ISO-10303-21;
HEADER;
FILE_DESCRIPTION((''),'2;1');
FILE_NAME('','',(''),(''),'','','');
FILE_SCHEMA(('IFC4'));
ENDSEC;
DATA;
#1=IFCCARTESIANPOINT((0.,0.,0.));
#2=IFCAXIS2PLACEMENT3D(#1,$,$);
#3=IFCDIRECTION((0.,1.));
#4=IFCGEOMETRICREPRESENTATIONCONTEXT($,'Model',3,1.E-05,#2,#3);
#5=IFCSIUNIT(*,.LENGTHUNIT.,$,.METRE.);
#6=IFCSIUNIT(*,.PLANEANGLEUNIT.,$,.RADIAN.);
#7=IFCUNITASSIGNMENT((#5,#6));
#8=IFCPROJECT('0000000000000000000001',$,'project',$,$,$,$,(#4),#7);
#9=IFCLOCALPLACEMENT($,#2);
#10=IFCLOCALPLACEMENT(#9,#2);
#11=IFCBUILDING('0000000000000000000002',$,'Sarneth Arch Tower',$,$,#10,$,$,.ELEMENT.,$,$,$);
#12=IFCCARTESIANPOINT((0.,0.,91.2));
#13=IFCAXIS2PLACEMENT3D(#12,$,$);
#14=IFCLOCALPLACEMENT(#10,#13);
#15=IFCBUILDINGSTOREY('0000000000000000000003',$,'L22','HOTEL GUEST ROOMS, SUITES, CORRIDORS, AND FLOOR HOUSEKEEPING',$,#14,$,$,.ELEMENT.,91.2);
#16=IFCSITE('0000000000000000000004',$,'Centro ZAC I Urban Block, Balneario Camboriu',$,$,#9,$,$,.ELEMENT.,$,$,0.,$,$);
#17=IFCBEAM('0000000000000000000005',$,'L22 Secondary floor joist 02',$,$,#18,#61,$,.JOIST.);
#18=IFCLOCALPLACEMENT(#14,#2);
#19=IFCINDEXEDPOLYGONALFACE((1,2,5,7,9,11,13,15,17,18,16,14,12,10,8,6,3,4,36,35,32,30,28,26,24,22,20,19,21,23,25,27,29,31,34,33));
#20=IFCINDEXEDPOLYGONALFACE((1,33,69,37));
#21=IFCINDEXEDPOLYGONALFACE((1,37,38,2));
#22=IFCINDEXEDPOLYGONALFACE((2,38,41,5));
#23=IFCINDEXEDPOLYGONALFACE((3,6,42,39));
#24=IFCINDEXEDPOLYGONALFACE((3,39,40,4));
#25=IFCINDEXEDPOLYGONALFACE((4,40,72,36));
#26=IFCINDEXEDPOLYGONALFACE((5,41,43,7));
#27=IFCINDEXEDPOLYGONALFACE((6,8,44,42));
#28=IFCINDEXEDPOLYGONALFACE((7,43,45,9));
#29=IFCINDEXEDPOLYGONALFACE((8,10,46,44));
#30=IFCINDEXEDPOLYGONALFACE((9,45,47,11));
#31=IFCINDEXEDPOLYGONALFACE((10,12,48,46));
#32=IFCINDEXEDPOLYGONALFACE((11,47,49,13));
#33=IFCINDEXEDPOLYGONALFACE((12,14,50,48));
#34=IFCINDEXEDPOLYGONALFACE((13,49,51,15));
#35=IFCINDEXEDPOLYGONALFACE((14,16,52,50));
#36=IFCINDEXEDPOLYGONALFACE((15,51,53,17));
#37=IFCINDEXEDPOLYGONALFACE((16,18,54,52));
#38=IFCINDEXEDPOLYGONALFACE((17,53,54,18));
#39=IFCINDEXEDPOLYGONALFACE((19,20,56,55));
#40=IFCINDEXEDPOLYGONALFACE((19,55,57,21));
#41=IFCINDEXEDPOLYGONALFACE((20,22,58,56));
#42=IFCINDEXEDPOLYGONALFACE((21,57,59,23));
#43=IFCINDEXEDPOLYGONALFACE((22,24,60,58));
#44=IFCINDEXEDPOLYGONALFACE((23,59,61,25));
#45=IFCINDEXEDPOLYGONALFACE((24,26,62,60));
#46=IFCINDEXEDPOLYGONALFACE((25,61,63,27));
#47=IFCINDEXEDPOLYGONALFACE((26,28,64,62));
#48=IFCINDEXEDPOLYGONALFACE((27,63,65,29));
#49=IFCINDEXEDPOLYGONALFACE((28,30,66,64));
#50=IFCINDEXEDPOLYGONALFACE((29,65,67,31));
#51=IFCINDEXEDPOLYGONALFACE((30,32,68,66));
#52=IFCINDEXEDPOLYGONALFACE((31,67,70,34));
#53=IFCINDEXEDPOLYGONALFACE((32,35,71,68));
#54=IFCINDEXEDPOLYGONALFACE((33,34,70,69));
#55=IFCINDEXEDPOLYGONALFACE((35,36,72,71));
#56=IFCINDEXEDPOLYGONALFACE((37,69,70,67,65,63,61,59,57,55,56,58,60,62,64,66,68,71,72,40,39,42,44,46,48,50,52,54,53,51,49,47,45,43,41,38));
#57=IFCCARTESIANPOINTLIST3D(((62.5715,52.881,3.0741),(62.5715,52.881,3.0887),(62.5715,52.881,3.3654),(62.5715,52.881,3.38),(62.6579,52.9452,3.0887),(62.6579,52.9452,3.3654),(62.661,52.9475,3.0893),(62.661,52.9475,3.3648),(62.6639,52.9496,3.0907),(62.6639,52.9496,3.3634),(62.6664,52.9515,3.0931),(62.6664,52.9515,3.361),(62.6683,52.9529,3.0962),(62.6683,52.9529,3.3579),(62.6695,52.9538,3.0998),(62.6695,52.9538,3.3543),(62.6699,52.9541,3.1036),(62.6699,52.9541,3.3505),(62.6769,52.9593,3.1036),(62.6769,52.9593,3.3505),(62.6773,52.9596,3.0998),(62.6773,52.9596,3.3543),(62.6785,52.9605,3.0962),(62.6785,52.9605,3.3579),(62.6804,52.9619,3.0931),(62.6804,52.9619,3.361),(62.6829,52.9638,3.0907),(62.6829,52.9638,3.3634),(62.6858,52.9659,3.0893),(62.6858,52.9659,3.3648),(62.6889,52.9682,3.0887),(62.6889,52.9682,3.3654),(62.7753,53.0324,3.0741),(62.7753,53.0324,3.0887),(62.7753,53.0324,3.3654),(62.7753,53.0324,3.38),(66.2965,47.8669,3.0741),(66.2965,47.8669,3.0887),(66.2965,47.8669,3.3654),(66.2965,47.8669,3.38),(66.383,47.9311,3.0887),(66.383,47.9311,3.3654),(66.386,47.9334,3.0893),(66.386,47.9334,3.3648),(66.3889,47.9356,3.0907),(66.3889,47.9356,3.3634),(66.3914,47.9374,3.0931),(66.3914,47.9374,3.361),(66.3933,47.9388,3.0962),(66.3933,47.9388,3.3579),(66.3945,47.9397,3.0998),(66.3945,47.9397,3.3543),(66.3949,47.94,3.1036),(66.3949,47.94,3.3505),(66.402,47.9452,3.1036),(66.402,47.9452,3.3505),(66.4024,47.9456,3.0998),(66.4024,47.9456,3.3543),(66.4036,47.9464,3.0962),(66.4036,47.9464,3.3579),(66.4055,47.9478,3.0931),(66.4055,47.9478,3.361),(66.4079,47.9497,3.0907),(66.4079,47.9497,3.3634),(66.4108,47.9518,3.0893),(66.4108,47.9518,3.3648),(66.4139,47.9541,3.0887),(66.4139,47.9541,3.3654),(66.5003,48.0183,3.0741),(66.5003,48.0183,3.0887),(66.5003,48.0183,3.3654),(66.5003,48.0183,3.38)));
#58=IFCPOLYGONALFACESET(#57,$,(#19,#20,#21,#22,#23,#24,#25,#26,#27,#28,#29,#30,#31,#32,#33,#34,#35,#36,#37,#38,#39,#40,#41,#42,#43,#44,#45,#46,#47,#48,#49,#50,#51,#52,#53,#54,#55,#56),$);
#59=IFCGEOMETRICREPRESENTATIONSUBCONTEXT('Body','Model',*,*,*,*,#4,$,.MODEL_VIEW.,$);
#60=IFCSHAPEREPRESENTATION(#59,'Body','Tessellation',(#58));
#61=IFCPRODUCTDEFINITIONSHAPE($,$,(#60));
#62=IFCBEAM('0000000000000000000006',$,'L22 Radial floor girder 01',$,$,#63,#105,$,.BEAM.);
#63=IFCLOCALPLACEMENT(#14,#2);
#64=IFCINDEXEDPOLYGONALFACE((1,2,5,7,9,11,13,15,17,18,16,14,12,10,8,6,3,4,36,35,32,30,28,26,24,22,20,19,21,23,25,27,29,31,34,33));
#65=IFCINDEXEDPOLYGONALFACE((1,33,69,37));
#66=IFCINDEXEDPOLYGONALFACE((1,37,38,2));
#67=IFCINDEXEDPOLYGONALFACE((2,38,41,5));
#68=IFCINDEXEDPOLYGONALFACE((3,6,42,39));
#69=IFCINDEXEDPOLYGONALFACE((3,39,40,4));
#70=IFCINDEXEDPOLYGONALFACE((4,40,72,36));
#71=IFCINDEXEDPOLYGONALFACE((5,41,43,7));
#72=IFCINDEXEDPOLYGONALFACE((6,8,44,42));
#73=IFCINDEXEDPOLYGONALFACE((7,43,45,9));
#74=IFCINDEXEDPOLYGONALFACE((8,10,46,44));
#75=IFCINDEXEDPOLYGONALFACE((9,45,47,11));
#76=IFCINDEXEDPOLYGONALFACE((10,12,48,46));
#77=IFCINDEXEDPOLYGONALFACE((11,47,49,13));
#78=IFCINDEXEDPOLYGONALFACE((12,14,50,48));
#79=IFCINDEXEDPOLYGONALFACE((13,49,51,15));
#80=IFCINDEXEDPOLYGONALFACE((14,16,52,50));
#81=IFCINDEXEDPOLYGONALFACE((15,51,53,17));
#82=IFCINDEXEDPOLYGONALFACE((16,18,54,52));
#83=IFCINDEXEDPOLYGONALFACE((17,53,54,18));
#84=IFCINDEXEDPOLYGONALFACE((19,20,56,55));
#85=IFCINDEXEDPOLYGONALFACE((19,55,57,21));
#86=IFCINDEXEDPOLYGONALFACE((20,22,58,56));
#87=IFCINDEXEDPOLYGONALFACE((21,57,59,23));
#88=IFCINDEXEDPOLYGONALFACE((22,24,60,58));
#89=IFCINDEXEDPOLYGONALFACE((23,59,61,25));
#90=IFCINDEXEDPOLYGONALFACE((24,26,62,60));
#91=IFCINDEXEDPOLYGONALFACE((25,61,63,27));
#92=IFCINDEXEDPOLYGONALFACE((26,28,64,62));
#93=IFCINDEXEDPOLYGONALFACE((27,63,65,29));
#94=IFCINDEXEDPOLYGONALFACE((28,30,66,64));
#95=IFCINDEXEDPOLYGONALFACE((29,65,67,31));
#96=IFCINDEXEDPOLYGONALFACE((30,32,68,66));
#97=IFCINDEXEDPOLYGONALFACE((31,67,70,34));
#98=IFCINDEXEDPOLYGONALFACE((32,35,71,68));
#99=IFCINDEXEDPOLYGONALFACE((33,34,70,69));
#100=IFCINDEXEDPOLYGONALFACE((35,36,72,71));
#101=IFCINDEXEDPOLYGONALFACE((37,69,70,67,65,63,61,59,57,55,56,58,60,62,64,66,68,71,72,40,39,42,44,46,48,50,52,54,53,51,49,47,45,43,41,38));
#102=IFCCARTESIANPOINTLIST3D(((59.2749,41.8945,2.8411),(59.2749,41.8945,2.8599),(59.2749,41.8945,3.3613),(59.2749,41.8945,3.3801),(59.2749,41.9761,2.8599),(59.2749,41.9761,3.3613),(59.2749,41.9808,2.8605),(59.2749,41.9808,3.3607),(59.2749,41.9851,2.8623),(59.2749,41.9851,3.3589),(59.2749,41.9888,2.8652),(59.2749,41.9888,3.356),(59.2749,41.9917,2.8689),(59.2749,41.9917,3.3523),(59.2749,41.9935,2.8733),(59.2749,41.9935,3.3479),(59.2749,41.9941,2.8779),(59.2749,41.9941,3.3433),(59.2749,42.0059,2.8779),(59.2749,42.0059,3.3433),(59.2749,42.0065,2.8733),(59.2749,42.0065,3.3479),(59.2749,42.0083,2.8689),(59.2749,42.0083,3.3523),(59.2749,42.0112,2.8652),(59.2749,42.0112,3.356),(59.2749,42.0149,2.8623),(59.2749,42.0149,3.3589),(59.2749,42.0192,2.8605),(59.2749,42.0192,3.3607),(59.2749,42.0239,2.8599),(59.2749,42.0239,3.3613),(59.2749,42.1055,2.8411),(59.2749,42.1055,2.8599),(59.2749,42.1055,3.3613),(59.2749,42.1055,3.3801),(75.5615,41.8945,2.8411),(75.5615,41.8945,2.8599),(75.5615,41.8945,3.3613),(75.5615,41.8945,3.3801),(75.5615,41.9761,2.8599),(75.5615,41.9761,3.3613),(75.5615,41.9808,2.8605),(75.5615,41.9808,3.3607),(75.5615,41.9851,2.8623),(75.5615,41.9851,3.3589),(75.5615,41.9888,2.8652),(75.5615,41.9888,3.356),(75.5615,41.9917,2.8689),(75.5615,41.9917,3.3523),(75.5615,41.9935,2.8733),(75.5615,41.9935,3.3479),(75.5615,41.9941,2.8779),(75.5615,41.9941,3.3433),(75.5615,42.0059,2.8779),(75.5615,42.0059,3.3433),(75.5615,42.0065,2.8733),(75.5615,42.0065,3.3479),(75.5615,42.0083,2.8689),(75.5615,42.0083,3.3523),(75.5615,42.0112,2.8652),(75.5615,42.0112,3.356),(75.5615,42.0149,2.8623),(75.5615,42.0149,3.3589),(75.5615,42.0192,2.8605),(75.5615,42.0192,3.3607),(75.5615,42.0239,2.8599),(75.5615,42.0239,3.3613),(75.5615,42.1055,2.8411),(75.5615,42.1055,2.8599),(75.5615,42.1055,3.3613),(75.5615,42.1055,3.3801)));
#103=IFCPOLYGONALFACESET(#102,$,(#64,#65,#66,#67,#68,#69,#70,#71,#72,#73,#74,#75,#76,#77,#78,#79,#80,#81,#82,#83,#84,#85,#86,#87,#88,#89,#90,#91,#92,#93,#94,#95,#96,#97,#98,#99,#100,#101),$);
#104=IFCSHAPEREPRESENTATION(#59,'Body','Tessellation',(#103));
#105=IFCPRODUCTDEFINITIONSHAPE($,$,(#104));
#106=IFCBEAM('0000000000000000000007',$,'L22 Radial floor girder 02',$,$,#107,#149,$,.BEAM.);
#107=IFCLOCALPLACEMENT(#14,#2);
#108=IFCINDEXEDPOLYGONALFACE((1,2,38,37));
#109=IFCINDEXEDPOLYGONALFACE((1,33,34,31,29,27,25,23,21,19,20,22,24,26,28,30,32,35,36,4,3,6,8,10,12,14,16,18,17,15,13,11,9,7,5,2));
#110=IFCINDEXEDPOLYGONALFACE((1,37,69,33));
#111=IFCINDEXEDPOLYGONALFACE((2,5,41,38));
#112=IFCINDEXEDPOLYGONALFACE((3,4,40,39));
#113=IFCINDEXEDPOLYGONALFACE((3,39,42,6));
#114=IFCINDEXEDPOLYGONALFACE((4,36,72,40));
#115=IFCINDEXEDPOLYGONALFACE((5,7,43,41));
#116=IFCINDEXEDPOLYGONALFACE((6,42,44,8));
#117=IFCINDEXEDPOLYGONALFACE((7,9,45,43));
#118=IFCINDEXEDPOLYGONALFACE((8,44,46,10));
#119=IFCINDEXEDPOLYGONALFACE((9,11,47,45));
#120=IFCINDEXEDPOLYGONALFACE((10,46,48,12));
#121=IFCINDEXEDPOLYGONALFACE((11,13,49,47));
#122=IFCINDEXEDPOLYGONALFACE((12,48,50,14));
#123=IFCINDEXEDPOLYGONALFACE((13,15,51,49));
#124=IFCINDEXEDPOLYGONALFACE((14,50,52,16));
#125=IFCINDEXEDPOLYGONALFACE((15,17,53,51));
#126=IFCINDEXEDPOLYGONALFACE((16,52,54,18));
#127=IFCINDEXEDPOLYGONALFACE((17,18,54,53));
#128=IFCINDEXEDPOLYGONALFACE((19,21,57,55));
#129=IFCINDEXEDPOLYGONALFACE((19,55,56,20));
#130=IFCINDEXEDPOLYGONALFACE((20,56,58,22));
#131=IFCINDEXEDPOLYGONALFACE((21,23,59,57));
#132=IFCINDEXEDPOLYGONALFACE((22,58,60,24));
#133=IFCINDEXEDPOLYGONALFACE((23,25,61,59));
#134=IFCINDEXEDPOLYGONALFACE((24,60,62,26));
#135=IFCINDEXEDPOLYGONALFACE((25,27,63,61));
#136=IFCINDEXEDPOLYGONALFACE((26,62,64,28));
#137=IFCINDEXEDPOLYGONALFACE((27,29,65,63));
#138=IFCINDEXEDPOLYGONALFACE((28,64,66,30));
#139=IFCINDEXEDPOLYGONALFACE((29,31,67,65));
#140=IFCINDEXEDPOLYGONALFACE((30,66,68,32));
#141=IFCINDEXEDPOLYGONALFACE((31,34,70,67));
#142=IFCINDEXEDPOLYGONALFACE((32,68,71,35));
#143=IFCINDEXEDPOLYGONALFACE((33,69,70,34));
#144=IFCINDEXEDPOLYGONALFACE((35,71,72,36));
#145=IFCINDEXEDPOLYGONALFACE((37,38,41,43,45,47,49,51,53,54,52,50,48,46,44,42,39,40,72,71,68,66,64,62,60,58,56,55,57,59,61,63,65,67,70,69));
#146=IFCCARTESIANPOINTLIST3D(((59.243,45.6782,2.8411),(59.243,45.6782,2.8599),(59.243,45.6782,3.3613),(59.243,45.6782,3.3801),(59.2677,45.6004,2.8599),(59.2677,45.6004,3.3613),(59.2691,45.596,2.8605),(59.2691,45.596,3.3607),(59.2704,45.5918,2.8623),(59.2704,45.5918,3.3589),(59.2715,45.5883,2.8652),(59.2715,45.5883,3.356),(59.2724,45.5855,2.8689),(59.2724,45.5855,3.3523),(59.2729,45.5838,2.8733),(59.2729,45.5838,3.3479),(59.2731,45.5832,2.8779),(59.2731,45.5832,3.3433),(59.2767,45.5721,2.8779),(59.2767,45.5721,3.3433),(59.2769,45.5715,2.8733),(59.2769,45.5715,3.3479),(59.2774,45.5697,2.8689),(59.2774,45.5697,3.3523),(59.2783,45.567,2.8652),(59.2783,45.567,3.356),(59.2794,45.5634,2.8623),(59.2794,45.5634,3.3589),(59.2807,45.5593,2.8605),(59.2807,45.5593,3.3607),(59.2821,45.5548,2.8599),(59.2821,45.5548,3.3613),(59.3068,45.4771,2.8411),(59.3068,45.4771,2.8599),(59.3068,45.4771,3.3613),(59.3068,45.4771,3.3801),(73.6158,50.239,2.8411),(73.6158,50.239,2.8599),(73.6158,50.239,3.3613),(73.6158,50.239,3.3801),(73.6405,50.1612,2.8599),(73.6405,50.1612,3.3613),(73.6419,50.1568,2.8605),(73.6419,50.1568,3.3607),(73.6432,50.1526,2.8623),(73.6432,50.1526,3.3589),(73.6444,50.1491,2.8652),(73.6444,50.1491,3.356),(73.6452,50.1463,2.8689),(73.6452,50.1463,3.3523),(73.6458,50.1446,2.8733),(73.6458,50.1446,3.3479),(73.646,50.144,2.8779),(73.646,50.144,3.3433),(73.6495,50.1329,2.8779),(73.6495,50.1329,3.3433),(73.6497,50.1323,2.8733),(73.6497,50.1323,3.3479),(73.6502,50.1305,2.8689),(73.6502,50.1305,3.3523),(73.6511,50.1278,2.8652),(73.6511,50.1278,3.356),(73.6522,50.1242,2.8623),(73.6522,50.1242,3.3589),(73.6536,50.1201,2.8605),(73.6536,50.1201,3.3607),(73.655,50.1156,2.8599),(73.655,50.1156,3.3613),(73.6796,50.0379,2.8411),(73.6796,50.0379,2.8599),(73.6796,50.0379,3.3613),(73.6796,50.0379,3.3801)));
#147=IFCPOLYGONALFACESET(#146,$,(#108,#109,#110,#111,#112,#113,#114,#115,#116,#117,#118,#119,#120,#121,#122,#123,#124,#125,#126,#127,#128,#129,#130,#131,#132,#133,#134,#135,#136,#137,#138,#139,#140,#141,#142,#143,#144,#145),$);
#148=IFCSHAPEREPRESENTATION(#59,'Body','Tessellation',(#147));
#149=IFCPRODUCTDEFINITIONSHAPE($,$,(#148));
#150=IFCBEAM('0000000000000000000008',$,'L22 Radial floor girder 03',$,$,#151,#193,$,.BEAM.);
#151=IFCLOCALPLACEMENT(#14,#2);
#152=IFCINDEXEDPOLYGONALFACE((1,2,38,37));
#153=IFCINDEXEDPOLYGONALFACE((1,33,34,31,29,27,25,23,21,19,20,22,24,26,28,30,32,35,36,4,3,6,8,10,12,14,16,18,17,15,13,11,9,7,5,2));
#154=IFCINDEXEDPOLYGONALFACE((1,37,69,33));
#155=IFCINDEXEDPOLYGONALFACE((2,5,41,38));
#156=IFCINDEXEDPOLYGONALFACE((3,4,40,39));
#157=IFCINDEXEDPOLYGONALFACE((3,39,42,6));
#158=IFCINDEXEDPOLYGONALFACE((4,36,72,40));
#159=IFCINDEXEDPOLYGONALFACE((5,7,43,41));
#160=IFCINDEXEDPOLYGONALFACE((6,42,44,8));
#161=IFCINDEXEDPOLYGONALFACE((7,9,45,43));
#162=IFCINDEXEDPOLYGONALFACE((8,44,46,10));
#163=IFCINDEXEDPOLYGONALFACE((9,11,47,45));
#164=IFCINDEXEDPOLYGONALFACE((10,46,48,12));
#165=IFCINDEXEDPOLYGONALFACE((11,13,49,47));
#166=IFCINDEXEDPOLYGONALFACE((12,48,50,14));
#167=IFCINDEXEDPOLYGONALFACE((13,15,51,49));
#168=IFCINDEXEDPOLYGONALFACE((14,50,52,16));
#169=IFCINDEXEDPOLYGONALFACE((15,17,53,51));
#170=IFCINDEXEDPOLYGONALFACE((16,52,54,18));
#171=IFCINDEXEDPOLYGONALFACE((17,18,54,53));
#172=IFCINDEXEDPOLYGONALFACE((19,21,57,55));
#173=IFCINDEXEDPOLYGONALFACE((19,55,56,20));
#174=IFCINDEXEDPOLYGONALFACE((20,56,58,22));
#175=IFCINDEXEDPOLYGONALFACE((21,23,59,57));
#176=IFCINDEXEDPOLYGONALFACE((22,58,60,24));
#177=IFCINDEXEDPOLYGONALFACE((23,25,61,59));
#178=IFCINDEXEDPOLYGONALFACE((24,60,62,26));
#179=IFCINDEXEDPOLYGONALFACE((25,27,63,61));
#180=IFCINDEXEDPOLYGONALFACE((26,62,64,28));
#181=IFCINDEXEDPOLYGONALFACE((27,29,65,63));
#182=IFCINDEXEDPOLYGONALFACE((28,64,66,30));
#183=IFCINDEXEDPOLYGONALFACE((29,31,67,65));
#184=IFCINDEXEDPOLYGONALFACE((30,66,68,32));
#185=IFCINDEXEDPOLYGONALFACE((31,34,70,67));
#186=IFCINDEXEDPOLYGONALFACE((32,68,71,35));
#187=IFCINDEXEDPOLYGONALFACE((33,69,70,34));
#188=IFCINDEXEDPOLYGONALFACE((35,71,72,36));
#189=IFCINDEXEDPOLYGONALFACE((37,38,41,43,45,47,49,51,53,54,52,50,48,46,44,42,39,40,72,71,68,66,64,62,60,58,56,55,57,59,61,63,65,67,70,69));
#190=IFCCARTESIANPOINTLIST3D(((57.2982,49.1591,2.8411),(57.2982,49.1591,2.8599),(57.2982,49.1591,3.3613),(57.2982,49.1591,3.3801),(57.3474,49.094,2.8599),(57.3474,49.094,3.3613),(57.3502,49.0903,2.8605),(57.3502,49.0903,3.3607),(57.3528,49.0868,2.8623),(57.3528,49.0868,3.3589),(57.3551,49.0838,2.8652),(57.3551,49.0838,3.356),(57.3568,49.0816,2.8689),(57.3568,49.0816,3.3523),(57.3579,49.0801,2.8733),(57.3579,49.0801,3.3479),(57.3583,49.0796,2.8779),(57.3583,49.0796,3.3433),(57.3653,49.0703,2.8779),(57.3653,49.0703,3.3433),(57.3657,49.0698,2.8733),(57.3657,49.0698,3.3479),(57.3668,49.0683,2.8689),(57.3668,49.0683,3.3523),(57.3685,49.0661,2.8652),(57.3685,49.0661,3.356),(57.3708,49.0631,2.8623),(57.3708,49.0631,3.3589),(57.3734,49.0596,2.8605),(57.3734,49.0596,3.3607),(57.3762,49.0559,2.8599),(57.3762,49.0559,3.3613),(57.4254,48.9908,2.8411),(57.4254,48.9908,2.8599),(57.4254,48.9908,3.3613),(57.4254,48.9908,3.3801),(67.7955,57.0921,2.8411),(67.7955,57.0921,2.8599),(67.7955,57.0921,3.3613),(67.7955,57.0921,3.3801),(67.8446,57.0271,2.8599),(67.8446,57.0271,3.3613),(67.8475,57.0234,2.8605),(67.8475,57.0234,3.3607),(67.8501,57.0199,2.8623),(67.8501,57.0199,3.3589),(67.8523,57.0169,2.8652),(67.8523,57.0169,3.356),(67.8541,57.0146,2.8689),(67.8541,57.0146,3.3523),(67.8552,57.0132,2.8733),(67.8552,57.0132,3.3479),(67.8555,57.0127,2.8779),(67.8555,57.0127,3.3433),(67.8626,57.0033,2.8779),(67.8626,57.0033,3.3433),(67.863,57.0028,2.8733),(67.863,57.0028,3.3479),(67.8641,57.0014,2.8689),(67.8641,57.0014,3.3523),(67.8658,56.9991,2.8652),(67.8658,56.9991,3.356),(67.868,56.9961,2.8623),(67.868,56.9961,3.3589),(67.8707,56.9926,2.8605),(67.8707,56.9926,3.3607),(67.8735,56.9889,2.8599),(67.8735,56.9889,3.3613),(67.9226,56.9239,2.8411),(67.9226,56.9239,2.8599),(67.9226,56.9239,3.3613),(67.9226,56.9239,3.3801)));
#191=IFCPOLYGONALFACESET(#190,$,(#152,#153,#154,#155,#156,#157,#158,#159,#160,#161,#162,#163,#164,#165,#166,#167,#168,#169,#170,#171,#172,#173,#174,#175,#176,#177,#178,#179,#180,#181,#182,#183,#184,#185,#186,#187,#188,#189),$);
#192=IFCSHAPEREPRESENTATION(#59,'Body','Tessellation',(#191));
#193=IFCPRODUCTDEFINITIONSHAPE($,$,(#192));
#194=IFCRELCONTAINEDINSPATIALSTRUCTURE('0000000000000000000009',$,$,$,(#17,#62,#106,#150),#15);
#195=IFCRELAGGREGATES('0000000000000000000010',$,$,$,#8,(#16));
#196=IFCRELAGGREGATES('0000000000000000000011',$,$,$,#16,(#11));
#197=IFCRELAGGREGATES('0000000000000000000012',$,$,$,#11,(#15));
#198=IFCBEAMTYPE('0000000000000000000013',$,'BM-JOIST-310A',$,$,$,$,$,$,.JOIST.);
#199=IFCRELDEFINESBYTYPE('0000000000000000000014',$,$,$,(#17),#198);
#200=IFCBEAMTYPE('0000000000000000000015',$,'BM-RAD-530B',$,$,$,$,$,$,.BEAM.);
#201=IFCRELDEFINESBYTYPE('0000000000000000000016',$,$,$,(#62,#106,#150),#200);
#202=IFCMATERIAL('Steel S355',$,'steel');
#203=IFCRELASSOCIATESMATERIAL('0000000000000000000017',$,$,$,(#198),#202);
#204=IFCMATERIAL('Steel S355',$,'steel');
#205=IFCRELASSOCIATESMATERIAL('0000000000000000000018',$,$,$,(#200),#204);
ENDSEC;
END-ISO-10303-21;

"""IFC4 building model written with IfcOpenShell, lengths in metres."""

from ifc_helpers import new_model, si_unit, direction, frame, origin, origin_2d, place, context, subcontext, project, spatial, i_section, extrude, material, material_profile, profile_set, type_object, element, save


model = new_model("IFC4")

# Units and contexts
model_context = context("Model", 3, precision=1e-05, world=origin(), true_north=direction((0.0, 1.0)))
body_context = subcontext(model_context, "Body", "Model", "MODEL_VIEW")
ifc_project = project(units=[si_unit("LENGTHUNIT", "METRE"), si_unit("PLANEANGLEUNIT", "RADIAN")], contexts=[model_context])

# Site, building, storey
site_placement = place(None, origin())
site = spatial("IfcSite", under=ifc_project, at=site_placement, Name="Centro ZAC I Urban Block, Balneario Camboriu", CompositionType="ELEMENT", RefElevation=0.0)
building_placement = place(site_placement, origin())
building = spatial("IfcBuilding", under=site, at=building_placement, Name="Sarneth Arch Tower", CompositionType="ELEMENT")
storey_placement = place(building_placement, frame((0.0, 0.0, 91.2)))
storey = spatial("IfcBuildingStorey", under=building, at=storey_placement, Name="L22", Description="HOTEL GUEST ROOMS, SUITES, CORRIDORS, AND FLOOR HOUSEKEEPING", CompositionType="ELEMENT", Elevation=91.2)

# Beams
ifc_material_1 = material(Name="Steel S355", Category="steel")
ifc_material_profile_1 = material_profile(ifc_material_1, i_section(OverallWidth=0.2539, OverallDepth=0.3059, WebThickness=0.0088, FlangeThickness=0.0146, FilletRadius=0.0149, at=origin_2d()), Name="W310x79")
ifc_profile_set_1 = profile_set([ifc_material_profile_1], Name="Steel S355")
beam_type_1 = type_object("IfcBeamType", Name="BM-JOIST-310A", PredefinedType="JOIST", material=ifc_profile_set_1)
beam_1_placement = place(storey_placement, frame((66.3984, 47.9426, 3.2271), z_axis=(-0.596354, 0.802721, 0.0), x_axis=(-0.802721, -0.596354, 0.0)))
element("IfcBeam", 1, at=beam_1_placement, inside=storey, type_object=beam_type_1, Name="L22 Secondary floor joist 02", PredefinedType="JOIST", context=body_context, shape_type="SweptSolid", body=[
    extrude(i_section(OverallWidth=0.2539, OverallDepth=0.3059, WebThickness=0.0088, FlangeThickness=0.0146, FilletRadius=0.0149, at=origin_2d()), origin(), (0.0, 0.0, 1.0), 6.2463),
])
ifc_material_2 = material(Name="Steel S355", Category="steel")
ifc_material_profile_2 = material_profile(ifc_material_2, i_section(OverallWidth=0.2109, OverallDepth=0.5391, WebThickness=0.0117, FlangeThickness=0.0188, FilletRadius=0.0181, at=origin_2d()), Name="W530x109")
ifc_profile_set_2 = profile_set([ifc_material_profile_2], Name="Steel S355")
beam_type_2 = type_object("IfcBeamType", Name="BM-RAD-530B", PredefinedType="BEAM", material=ifc_profile_set_2)
beam_2_placement = place(storey_placement, frame((59.2749, 42.0, 3.1106), z_axis=(1.0, 0.0, 0.0), x_axis=(0.0, 1.0, 0.0)))
element("IfcBeam", 2, at=beam_2_placement, inside=storey, type_object=beam_type_2, Name="L22 Radial floor girder 01", PredefinedType="BEAM", context=body_context, shape_type="SweptSolid", body=[
    extrude(i_section(OverallWidth=0.2109, OverallDepth=0.5391, WebThickness=0.0117, FlangeThickness=0.0188, FilletRadius=0.0181, at=origin_2d()), origin(), (0.0, 0.0, 1.0), 16.2866),
])
beam_3_placement = place(storey_placement, frame((59.2749, 45.5776, 3.1106), z_axis=(0.953163, 0.302458, 0.0), x_axis=(-0.302458, 0.953163, 0.0)))
element("IfcBeam", 3, at=beam_3_placement, inside=storey, type_object=beam_type_2, Name="L22 Radial floor girder 02", PredefinedType="BEAM", context=body_context, shape_type="SweptSolid", body=[
    extrude(i_section(OverallWidth=0.2109, OverallDepth=0.5391, WebThickness=0.0117, FlangeThickness=0.0188, FilletRadius=0.0181, at=origin_2d()), origin(), (0.0, 0.0, 1.0), 15.0791),
])
beam_4_placement = place(storey_placement, frame((57.3618, 49.075, 3.1106), z_axis=(0.797801, 0.60292, 0.0), x_axis=(-0.60292, 0.797801, 0.0)))
element("IfcBeam", 4, at=beam_4_placement, inside=storey, type_object=beam_type_2, Name="L22 Radial floor girder 03", PredefinedType="BEAM", context=body_context, shape_type="SweptSolid", body=[
    extrude(i_section(OverallWidth=0.2109, OverallDepth=0.5391, WebThickness=0.0117, FlangeThickness=0.0188, FilletRadius=0.0181, at=origin_2d()), origin(), (0.0, 0.0, 1.0), 13.1577),
])

save(model, "model.ifc")
